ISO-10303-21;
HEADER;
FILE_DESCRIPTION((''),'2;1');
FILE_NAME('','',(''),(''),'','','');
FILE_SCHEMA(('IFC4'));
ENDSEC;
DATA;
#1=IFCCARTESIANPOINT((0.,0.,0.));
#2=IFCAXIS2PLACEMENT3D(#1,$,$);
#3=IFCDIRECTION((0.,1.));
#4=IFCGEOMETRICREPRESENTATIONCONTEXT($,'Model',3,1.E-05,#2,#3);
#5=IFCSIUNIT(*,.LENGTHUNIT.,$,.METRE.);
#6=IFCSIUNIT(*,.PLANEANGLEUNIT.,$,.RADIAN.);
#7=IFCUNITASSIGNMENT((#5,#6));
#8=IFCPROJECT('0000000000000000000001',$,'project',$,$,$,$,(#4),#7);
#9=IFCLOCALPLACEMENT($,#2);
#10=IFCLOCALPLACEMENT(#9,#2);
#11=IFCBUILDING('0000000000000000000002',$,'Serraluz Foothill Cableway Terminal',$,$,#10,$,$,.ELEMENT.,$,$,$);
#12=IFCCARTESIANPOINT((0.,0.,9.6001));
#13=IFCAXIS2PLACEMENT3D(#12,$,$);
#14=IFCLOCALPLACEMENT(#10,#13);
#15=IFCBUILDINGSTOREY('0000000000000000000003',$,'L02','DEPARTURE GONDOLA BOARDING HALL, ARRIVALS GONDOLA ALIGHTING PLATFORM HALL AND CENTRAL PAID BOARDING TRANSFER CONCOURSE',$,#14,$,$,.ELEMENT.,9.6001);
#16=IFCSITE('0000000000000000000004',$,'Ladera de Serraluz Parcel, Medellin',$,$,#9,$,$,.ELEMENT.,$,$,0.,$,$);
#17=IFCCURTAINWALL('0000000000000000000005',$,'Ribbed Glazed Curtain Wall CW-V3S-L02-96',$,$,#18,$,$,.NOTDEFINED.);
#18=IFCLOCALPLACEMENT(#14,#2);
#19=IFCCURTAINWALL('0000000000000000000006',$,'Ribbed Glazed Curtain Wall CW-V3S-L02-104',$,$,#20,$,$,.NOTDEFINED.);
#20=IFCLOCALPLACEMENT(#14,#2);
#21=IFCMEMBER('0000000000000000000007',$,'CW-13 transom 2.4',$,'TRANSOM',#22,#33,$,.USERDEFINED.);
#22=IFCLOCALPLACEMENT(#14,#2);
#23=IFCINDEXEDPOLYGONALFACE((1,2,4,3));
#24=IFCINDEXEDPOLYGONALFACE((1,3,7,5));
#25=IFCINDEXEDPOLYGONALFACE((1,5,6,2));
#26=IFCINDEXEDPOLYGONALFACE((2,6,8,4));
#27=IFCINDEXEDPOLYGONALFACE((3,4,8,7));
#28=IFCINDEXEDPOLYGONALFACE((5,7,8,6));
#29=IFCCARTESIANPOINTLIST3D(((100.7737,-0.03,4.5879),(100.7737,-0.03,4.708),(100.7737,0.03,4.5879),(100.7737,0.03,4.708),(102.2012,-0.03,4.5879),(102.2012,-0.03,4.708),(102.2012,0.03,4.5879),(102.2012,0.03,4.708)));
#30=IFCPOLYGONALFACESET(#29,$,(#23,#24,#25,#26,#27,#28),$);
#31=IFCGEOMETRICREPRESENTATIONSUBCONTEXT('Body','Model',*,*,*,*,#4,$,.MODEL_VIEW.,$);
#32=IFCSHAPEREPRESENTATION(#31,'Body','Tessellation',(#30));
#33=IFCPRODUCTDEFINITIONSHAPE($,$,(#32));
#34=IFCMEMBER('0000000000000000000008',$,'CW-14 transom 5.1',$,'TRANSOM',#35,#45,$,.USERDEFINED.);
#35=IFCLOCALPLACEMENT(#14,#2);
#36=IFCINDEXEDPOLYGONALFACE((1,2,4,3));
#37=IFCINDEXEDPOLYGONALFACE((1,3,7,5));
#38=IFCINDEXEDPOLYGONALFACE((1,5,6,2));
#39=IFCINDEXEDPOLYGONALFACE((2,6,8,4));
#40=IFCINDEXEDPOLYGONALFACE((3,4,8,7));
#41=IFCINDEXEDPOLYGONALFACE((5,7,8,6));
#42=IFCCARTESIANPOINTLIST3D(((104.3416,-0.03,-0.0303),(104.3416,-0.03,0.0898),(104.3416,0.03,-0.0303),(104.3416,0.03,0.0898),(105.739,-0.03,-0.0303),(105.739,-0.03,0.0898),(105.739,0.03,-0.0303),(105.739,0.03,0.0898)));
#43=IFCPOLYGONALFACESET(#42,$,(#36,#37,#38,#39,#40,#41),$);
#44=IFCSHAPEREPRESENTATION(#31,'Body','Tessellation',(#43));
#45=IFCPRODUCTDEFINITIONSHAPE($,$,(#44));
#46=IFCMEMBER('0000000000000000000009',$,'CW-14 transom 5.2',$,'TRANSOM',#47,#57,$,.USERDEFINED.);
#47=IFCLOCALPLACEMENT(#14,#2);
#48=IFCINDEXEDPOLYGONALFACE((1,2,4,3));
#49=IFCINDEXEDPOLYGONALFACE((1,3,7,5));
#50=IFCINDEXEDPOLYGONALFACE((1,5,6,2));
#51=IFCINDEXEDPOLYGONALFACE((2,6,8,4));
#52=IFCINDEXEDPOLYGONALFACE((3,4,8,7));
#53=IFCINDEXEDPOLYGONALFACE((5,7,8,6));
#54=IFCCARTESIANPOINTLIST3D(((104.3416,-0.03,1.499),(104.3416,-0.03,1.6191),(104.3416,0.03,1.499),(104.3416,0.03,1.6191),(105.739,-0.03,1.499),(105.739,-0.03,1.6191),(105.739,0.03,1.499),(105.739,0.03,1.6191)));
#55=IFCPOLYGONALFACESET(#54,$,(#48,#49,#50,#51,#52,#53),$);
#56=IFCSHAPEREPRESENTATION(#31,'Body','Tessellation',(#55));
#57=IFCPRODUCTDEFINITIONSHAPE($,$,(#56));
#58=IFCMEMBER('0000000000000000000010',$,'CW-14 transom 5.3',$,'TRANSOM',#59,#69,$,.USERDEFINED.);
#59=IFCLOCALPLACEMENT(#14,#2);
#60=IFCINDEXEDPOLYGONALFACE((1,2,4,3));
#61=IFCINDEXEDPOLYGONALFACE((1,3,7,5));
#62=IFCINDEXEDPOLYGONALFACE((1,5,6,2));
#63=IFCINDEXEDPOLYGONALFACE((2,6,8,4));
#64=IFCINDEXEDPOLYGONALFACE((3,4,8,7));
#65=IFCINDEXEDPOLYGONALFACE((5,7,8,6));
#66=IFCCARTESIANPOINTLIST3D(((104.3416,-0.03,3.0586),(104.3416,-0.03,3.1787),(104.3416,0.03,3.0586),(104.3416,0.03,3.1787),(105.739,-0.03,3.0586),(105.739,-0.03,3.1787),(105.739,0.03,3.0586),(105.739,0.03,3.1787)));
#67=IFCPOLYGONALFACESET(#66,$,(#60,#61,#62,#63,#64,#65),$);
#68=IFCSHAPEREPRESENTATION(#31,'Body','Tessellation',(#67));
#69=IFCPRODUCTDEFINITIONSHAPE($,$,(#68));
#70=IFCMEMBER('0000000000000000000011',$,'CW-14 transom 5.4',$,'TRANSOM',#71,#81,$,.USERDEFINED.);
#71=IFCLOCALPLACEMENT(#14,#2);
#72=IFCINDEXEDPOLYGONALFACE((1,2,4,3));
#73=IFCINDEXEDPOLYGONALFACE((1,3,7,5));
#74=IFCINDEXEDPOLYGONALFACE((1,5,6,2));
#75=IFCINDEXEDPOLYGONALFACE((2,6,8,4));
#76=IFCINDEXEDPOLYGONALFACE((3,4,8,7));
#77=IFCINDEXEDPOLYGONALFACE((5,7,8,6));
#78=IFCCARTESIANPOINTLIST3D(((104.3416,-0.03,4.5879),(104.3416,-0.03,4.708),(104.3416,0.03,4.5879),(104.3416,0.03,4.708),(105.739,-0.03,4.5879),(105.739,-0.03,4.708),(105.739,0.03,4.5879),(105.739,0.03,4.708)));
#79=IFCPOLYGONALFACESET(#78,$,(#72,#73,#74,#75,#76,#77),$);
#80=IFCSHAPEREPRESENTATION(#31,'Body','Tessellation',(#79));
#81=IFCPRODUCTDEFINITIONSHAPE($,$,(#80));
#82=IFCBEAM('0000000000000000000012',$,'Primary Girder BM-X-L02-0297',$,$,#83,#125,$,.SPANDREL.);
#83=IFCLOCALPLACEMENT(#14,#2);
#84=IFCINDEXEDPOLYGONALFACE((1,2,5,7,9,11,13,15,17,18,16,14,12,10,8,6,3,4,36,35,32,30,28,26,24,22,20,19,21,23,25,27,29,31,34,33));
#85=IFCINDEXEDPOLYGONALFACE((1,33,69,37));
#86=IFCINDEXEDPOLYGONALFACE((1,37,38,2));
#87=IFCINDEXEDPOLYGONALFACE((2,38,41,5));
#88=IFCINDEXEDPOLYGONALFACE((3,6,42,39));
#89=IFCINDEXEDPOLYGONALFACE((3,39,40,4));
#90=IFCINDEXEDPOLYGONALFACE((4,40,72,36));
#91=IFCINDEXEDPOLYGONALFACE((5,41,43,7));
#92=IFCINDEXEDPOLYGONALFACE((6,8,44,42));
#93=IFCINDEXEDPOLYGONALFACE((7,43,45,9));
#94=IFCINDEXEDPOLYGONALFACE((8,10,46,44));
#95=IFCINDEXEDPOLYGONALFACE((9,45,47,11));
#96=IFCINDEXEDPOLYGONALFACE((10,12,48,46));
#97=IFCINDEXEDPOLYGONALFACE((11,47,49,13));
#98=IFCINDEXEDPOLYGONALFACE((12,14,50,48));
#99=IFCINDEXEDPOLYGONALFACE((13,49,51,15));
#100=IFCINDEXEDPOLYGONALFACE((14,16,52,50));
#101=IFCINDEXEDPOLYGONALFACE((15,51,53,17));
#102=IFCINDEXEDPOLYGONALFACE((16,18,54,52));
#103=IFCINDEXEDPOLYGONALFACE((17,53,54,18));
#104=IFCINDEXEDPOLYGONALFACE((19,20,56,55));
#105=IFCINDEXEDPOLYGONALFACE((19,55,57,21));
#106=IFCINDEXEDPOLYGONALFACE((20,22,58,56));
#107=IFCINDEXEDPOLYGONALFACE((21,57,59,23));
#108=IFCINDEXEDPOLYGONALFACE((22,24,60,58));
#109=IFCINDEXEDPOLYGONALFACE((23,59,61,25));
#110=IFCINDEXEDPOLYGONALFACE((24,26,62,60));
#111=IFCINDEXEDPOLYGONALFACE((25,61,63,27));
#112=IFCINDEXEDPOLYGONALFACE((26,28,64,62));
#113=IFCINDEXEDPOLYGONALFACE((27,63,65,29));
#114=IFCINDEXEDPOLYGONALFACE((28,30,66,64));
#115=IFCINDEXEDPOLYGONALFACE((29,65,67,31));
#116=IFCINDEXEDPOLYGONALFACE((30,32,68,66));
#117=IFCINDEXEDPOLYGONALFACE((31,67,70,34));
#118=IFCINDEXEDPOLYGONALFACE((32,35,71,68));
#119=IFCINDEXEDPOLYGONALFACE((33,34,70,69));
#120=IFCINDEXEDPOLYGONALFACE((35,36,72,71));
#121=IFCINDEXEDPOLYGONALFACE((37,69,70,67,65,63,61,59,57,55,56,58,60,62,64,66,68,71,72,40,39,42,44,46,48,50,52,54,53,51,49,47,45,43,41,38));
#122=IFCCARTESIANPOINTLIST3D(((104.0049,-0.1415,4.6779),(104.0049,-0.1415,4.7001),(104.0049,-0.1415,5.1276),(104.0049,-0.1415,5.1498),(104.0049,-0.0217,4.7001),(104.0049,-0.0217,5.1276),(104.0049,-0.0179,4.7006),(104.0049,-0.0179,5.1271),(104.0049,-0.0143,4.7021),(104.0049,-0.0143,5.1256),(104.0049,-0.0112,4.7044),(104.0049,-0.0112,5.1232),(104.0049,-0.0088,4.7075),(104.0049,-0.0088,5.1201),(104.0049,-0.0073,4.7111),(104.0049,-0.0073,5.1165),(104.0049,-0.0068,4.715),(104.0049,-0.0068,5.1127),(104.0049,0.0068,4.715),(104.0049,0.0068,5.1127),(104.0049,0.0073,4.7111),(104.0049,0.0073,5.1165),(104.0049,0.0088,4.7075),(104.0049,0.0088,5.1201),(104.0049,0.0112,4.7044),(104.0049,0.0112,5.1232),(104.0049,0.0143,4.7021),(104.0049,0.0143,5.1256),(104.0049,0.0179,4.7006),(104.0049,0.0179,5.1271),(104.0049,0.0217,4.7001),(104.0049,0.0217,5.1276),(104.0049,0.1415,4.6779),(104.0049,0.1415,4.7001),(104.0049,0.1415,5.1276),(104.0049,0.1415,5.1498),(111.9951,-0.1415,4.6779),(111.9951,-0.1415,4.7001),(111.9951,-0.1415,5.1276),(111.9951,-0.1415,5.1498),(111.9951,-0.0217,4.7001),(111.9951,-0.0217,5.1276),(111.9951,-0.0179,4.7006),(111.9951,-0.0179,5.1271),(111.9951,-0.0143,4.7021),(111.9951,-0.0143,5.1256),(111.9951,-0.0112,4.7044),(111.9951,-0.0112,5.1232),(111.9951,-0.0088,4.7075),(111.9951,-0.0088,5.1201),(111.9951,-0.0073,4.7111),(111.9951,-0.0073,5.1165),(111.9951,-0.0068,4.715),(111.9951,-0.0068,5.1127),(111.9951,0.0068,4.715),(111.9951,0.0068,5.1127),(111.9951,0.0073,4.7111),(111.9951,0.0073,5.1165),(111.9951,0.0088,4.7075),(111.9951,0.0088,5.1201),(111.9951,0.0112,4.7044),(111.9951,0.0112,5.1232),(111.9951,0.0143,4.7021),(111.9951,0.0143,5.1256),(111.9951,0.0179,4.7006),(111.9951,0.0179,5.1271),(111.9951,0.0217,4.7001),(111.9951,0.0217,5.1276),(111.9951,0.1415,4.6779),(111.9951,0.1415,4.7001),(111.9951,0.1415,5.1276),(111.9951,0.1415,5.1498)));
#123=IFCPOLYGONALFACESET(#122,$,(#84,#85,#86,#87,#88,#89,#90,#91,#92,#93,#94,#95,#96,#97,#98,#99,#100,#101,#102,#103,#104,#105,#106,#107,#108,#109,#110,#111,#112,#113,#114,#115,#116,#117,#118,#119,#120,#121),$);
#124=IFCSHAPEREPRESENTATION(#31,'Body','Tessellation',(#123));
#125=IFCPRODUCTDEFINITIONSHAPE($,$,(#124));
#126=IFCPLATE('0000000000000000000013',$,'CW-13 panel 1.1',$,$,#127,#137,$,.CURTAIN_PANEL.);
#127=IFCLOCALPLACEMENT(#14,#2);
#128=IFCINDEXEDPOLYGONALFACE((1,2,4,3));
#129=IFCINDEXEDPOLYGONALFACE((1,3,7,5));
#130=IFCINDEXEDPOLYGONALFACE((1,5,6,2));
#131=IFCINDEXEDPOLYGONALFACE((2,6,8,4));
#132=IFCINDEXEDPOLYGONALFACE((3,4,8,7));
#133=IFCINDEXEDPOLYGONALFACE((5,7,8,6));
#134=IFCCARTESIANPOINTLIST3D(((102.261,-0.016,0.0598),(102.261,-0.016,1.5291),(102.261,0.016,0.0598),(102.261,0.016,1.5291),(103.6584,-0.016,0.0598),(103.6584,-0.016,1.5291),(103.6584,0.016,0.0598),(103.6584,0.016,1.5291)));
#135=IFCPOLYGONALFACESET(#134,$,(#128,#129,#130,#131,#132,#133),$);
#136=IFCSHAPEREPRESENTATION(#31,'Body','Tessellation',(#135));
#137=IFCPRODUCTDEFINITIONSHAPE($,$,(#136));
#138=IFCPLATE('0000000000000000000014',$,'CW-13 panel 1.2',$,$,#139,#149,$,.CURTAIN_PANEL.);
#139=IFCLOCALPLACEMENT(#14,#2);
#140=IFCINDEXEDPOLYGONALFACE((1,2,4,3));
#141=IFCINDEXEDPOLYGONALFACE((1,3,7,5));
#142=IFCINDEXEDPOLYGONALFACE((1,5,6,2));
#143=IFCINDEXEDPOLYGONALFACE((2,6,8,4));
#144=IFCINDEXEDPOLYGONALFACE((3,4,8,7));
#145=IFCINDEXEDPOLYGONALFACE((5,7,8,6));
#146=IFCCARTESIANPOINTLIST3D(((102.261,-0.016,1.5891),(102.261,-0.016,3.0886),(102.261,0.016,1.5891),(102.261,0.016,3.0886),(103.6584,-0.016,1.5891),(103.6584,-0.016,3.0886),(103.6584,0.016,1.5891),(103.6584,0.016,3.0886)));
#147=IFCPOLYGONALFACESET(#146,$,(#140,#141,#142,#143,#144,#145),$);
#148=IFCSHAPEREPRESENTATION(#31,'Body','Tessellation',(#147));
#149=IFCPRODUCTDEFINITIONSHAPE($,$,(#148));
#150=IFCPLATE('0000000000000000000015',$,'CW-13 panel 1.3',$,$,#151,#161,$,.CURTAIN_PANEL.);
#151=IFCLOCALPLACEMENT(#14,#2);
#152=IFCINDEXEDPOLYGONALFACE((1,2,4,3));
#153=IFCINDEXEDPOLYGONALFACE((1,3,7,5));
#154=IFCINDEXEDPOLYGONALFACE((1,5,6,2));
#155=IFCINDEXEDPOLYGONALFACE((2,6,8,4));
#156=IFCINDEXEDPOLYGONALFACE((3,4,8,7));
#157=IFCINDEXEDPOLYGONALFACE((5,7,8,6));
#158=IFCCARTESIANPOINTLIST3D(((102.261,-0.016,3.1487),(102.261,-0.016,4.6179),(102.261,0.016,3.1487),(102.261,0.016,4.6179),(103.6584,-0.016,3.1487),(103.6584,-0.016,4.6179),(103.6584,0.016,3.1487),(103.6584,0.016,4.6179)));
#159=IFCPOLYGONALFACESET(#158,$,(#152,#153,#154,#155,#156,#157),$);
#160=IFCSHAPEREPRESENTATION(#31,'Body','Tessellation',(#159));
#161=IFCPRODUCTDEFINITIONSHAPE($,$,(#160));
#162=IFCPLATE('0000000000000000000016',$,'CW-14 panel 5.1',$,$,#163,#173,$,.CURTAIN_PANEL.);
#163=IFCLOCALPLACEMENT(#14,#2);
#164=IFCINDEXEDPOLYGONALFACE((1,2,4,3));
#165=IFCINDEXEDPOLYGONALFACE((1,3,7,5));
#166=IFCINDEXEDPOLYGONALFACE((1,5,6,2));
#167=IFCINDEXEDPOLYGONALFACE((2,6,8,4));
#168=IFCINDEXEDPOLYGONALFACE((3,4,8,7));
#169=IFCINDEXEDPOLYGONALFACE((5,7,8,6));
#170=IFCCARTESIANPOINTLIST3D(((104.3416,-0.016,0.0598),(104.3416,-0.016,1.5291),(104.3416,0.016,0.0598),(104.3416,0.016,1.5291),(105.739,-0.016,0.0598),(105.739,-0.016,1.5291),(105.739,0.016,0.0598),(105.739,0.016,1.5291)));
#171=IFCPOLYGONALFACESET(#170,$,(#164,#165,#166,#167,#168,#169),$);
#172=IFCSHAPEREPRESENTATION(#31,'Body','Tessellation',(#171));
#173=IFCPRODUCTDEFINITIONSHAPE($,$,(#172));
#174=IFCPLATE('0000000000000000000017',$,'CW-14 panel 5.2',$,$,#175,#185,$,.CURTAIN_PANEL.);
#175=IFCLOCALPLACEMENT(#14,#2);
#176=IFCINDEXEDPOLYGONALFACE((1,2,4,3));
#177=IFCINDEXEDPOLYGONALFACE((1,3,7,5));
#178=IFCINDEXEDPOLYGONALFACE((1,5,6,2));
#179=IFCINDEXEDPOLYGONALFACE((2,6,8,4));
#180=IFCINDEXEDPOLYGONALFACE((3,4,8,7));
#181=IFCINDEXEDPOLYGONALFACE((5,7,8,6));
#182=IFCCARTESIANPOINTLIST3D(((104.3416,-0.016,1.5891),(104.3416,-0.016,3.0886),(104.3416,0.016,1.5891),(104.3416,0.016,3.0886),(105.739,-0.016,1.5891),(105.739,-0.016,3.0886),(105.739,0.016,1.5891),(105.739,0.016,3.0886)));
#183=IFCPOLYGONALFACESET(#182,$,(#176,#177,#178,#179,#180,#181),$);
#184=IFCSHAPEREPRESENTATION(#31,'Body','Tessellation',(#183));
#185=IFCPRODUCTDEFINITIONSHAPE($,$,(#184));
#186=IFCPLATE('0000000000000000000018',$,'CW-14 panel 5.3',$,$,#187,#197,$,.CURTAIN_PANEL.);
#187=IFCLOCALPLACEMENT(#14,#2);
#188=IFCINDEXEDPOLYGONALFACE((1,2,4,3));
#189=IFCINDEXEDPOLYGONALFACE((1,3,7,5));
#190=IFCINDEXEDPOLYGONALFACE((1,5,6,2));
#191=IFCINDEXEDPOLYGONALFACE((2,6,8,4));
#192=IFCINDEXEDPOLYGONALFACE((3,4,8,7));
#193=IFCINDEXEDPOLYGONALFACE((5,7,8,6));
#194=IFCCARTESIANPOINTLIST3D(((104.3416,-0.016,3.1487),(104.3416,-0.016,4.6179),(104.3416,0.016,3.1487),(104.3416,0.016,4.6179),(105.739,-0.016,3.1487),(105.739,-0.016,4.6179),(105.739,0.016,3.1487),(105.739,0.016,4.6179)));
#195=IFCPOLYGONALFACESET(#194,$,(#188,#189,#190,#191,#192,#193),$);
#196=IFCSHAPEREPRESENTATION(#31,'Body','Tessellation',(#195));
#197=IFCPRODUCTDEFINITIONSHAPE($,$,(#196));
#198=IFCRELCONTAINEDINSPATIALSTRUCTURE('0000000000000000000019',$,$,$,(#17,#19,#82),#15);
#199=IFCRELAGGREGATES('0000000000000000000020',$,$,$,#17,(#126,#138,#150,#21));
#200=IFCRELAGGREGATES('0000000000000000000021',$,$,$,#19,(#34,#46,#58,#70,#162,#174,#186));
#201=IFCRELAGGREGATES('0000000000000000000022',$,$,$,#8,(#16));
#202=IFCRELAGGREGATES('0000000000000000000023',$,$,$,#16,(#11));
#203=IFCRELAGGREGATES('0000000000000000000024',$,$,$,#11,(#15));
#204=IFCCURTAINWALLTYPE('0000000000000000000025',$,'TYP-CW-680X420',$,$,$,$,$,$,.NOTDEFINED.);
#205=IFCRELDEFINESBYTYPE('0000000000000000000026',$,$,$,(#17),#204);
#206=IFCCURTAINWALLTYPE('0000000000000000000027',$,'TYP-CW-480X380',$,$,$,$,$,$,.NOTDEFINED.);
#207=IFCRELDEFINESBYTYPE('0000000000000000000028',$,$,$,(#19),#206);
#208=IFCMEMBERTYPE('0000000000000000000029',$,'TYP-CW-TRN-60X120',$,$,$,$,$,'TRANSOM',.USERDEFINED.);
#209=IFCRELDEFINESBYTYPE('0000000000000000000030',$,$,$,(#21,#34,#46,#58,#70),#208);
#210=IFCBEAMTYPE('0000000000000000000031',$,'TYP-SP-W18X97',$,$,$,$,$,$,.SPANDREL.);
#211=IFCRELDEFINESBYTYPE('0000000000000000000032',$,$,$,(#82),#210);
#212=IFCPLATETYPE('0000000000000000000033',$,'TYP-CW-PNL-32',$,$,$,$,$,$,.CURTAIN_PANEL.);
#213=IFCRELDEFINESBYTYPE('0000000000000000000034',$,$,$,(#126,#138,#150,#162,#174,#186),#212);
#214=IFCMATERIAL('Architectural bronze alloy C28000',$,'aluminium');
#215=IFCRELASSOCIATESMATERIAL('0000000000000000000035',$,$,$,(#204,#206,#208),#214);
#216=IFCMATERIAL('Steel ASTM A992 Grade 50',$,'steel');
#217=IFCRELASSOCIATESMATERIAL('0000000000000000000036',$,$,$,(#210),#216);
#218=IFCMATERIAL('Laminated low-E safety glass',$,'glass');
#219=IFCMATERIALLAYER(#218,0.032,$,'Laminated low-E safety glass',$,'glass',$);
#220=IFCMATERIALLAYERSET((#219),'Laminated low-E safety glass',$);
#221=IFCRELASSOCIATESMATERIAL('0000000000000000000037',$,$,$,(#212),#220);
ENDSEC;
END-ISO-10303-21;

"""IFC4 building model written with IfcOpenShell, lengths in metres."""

from ifc_helpers import new_model, si_unit, direction, frame, origin, origin_2d, place, context, subcontext, project, spatial, rectangle, i_section, extrude, material, layer, layer_set, material_profile, profile_set, type_object, element, aggregate, save


model = new_model("IFC4")

# Units and contexts
model_context = context("Model", 3, precision=1e-05, world=origin(), true_north=direction((0.0, 1.0)))
body_context = subcontext(model_context, "Body", "Model", "MODEL_VIEW")
ifc_project = project(units=[si_unit("LENGTHUNIT", "METRE"), si_unit("PLANEANGLEUNIT", "RADIAN")], contexts=[model_context])

# Site, building, storey
site_placement = place(None, origin())
site = spatial("IfcSite", under=ifc_project, at=site_placement, Name="Ladera de Serraluz Parcel, Medellin", CompositionType="ELEMENT", RefElevation=0.0)
building_placement = place(site_placement, origin())
building = spatial("IfcBuilding", under=site, at=building_placement, Name="Serraluz Foothill Cableway Terminal", CompositionType="ELEMENT")
storey_placement = place(building_placement, frame((0.0, 0.0, 9.6001)))
storey = spatial("IfcBuildingStorey", under=building, at=storey_placement, Name="L02", Description="DEPARTURE GONDOLA BOARDING HALL, ARRIVALS GONDOLA ALIGHTING PLATFORM HALL AND CENTRAL PAID BOARDING TRANSFER CONCOURSE", CompositionType="ELEMENT", Elevation=9.6001)

# Shared definitions
ifc_material_1 = material(Name="Steel ASTM A992 Grade 50", Category="steel")

# Curtain walls
ifc_material_2 = material(Name="Architectural bronze alloy C28000", Category="aluminium")
curtain_wall_type_1 = type_object("IfcCurtainWallType", Name="TYP-CW-680X420", PredefinedType="NOTDEFINED", material=ifc_material_2)
curtain_wall_1_placement = place(storey_placement, origin())
curtain_wall_1 = element("IfcCurtainWall", 1, at=curtain_wall_1_placement, inside=storey, type_object=curtain_wall_type_1, Name="Ribbed Glazed Curtain Wall CW-V3S-L02-96", PredefinedType="NOTDEFINED")
curtain_wall_type_2 = type_object("IfcCurtainWallType", Name="TYP-CW-480X380", PredefinedType="NOTDEFINED", material=ifc_material_2)
curtain_wall_2_placement = place(storey_placement, origin())
curtain_wall_2 = element("IfcCurtainWall", 2, at=curtain_wall_2_placement, inside=storey, type_object=curtain_wall_type_2, Name="Ribbed Glazed Curtain Wall CW-V3S-L02-104", PredefinedType="NOTDEFINED")

# Members
ifc_material_profile_1 = material_profile(ifc_material_2, rectangle(XDim=0.0601, YDim=0.1201, at=origin_2d()), Name="ALU TRANSOM 60x120")
ifc_profile_set_1 = profile_set([ifc_material_profile_1], Name="Architectural bronze alloy C28000")
member_type_1 = type_object("IfcMemberType", Name="TYP-CW-TRN-60X120", ElementType="TRANSOM", PredefinedType="USERDEFINED", material=ifc_profile_set_1)
member_1_placement = place(storey_placement, frame((102.2012, 0.0, 4.6479), z_axis=(-1.0, 0.0, 0.0), x_axis=(0.0, -1.0, 0.0)))
member_1 = element("IfcMember", 3, at=member_1_placement, type_object=member_type_1, Name="CW-13 transom 2.4", ObjectType="TRANSOM", PredefinedType="USERDEFINED", context=body_context, shape_type="SweptSolid", body=[
    extrude(rectangle(XDim=0.0601, YDim=0.1201, at=origin_2d()), origin(), (0.0, 0.0, 1.0), 1.4275),
])
member_2_placement = place(storey_placement, frame((105.739, 0.0, 0.0298), z_axis=(-1.0, 0.0, 0.0), x_axis=(0.0, -1.0, 0.0)))
member_2 = element("IfcMember", 4, at=member_2_placement, type_object=member_type_1, Name="CW-14 transom 5.1", ObjectType="TRANSOM", PredefinedType="USERDEFINED", context=body_context, shape_type="SweptSolid", body=[
    extrude(rectangle(XDim=0.0601, YDim=0.1201, at=origin_2d()), origin(), (0.0, 0.0, 1.0), 1.3975),
])
member_3_placement = place(storey_placement, frame((105.739, 0.0, 1.5591), z_axis=(-1.0, 0.0, 0.0), x_axis=(0.0, -1.0, 0.0)))
member_3 = element("IfcMember", 5, at=member_3_placement, type_object=member_type_1, Name="CW-14 transom 5.2", ObjectType="TRANSOM", PredefinedType="USERDEFINED", context=body_context, shape_type="SweptSolid", body=[
    extrude(rectangle(XDim=0.0601, YDim=0.1201, at=origin_2d()), origin(), (0.0, 0.0, 1.0), 1.3975),
])
member_4_placement = place(storey_placement, frame((105.739, 0.0, 3.1187), z_axis=(-1.0, 0.0, 0.0), x_axis=(0.0, -1.0, 0.0)))
member_4 = element("IfcMember", 6, at=member_4_placement, type_object=member_type_1, Name="CW-14 transom 5.3", ObjectType="TRANSOM", PredefinedType="USERDEFINED", context=body_context, shape_type="SweptSolid", body=[
    extrude(rectangle(XDim=0.0601, YDim=0.1201, at=origin_2d()), origin(), (0.0, 0.0, 1.0), 1.3975),
])
member_5_placement = place(storey_placement, frame((105.739, 0.0, 4.6479), z_axis=(-1.0, 0.0, 0.0), x_axis=(0.0, -1.0, 0.0)))
member_5 = element("IfcMember", 7, at=member_5_placement, type_object=member_type_1, Name="CW-14 transom 5.4", ObjectType="TRANSOM", PredefinedType="USERDEFINED", context=body_context, shape_type="SweptSolid", body=[
    extrude(rectangle(XDim=0.0601, YDim=0.1201, at=origin_2d()), origin(), (0.0, 0.0, 1.0), 1.3975),
])

# Beam
ifc_material_profile_2 = material_profile(ifc_material_1, i_section(OverallWidth=0.283, OverallDepth=0.4719, WebThickness=0.0137, FlangeThickness=0.0222, FilletRadius=0.0149, at=origin_2d()), Name="W18X97")
ifc_profile_set_2 = profile_set([ifc_material_profile_2], Name="Steel ASTM A992 Grade 50")
beam_type = type_object("IfcBeamType", Name="TYP-SP-W18X97", PredefinedType="SPANDREL", material=ifc_profile_set_2)
beam_placement = place(storey_placement, frame((104.0049, 0.0, 4.9138), z_axis=(1.0, 0.0, 0.0), x_axis=(0.0, 1.0, 0.0)))
element("IfcBeam", 8, at=beam_placement, inside=storey, type_object=beam_type, Name="Primary Girder BM-X-L02-0297", PredefinedType="SPANDREL", context=body_context, shape_type="SweptSolid", body=[
    extrude(i_section(OverallWidth=0.283, OverallDepth=0.4719, WebThickness=0.0137, FlangeThickness=0.0222, FilletRadius=0.0149, at=origin_2d()), origin(), (0.0, 0.0, 1.0), 7.9902),
])

# Plates
ifc_material_3 = material(Name="Laminated low-E safety glass", Category="glass")
ifc_layer_1 = layer(ifc_material_3, 0.032, Name="Laminated low-E safety glass", Category="glass")
ifc_layer_set_1 = layer_set([ifc_layer_1], Name="Laminated low-E safety glass")
plate_type_1 = type_object("IfcPlateType", Name="TYP-CW-PNL-32", PredefinedType="CURTAIN_PANEL", material=ifc_layer_set_1)
plate_1_placement = place(storey_placement, frame((102.9597, 0.0, 0.0598), z_axis=(0.0, 0.0, 1.0), x_axis=(-1.0, 0.0, 0.0)))
plate_1 = element("IfcPlate", 9, at=plate_1_placement, type_object=plate_type_1, Name="CW-13 panel 1.1", PredefinedType="CURTAIN_PANEL", context=body_context, shape_type="SweptSolid", body=[
    extrude(rectangle(XDim=1.3975, YDim=0.032, at=origin_2d()), origin(), (0.0, 0.0, 1.0), 1.4692),
])
plate_2_placement = place(storey_placement, frame((102.9597, 0.0, 1.5891), z_axis=(0.0, 0.0, 1.0), x_axis=(-1.0, 0.0, 0.0)))
plate_2 = element("IfcPlate", 10, at=plate_2_placement, type_object=plate_type_1, Name="CW-13 panel 1.2", PredefinedType="CURTAIN_PANEL", context=body_context, shape_type="SweptSolid", body=[
    extrude(rectangle(XDim=1.3975, YDim=0.032, at=origin_2d()), origin(), (0.0, 0.0, 1.0), 1.4995),
])
plate_3_placement = place(storey_placement, frame((102.9597, 0.0, 3.1487), z_axis=(0.0, 0.0, 1.0), x_axis=(-1.0, 0.0, 0.0)))
plate_3 = element("IfcPlate", 11, at=plate_3_placement, type_object=plate_type_1, Name="CW-13 panel 1.3", PredefinedType="CURTAIN_PANEL", context=body_context, shape_type="SweptSolid", body=[
    extrude(rectangle(XDim=1.3975, YDim=0.032, at=origin_2d()), origin(), (0.0, 0.0, 1.0), 1.4692),
])
aggregate(curtain_wall_1, [plate_1, plate_2, plate_3, member_1])
plate_4_placement = place(storey_placement, frame((105.0403, 0.0, 0.0598), z_axis=(0.0, 0.0, 1.0), x_axis=(-1.0, 0.0, 0.0)))
plate_4 = element("IfcPlate", 12, at=plate_4_placement, type_object=plate_type_1, Name="CW-14 panel 5.1", PredefinedType="CURTAIN_PANEL", context=body_context, shape_type="SweptSolid", body=[
    extrude(rectangle(XDim=1.3975, YDim=0.032, at=origin_2d()), origin(), (0.0, 0.0, 1.0), 1.4692),
])
plate_5_placement = place(storey_placement, frame((105.0403, 0.0, 1.5891), z_axis=(0.0, 0.0, 1.0), x_axis=(-1.0, 0.0, 0.0)))
plate_5 = element("IfcPlate", 13, at=plate_5_placement, type_object=plate_type_1, Name="CW-14 panel 5.2", PredefinedType="CURTAIN_PANEL", context=body_context, shape_type="SweptSolid", body=[
    extrude(rectangle(XDim=1.3975, YDim=0.032, at=origin_2d()), origin(), (0.0, 0.0, 1.0), 1.4995),
])
plate_6_placement = place(storey_placement, frame((105.0403, 0.0, 3.1487), z_axis=(0.0, 0.0, 1.0), x_axis=(-1.0, 0.0, 0.0)))
plate_6 = element("IfcPlate", 14, at=plate_6_placement, type_object=plate_type_1, Name="CW-14 panel 5.3", PredefinedType="CURTAIN_PANEL", context=body_context, shape_type="SweptSolid", body=[
    extrude(rectangle(XDim=1.3975, YDim=0.032, at=origin_2d()), origin(), (0.0, 0.0, 1.0), 1.4692),
])
aggregate(curtain_wall_2, [member_2, member_3, member_4, member_5, plate_4, plate_5, plate_6])

save(model, "model.ifc")
